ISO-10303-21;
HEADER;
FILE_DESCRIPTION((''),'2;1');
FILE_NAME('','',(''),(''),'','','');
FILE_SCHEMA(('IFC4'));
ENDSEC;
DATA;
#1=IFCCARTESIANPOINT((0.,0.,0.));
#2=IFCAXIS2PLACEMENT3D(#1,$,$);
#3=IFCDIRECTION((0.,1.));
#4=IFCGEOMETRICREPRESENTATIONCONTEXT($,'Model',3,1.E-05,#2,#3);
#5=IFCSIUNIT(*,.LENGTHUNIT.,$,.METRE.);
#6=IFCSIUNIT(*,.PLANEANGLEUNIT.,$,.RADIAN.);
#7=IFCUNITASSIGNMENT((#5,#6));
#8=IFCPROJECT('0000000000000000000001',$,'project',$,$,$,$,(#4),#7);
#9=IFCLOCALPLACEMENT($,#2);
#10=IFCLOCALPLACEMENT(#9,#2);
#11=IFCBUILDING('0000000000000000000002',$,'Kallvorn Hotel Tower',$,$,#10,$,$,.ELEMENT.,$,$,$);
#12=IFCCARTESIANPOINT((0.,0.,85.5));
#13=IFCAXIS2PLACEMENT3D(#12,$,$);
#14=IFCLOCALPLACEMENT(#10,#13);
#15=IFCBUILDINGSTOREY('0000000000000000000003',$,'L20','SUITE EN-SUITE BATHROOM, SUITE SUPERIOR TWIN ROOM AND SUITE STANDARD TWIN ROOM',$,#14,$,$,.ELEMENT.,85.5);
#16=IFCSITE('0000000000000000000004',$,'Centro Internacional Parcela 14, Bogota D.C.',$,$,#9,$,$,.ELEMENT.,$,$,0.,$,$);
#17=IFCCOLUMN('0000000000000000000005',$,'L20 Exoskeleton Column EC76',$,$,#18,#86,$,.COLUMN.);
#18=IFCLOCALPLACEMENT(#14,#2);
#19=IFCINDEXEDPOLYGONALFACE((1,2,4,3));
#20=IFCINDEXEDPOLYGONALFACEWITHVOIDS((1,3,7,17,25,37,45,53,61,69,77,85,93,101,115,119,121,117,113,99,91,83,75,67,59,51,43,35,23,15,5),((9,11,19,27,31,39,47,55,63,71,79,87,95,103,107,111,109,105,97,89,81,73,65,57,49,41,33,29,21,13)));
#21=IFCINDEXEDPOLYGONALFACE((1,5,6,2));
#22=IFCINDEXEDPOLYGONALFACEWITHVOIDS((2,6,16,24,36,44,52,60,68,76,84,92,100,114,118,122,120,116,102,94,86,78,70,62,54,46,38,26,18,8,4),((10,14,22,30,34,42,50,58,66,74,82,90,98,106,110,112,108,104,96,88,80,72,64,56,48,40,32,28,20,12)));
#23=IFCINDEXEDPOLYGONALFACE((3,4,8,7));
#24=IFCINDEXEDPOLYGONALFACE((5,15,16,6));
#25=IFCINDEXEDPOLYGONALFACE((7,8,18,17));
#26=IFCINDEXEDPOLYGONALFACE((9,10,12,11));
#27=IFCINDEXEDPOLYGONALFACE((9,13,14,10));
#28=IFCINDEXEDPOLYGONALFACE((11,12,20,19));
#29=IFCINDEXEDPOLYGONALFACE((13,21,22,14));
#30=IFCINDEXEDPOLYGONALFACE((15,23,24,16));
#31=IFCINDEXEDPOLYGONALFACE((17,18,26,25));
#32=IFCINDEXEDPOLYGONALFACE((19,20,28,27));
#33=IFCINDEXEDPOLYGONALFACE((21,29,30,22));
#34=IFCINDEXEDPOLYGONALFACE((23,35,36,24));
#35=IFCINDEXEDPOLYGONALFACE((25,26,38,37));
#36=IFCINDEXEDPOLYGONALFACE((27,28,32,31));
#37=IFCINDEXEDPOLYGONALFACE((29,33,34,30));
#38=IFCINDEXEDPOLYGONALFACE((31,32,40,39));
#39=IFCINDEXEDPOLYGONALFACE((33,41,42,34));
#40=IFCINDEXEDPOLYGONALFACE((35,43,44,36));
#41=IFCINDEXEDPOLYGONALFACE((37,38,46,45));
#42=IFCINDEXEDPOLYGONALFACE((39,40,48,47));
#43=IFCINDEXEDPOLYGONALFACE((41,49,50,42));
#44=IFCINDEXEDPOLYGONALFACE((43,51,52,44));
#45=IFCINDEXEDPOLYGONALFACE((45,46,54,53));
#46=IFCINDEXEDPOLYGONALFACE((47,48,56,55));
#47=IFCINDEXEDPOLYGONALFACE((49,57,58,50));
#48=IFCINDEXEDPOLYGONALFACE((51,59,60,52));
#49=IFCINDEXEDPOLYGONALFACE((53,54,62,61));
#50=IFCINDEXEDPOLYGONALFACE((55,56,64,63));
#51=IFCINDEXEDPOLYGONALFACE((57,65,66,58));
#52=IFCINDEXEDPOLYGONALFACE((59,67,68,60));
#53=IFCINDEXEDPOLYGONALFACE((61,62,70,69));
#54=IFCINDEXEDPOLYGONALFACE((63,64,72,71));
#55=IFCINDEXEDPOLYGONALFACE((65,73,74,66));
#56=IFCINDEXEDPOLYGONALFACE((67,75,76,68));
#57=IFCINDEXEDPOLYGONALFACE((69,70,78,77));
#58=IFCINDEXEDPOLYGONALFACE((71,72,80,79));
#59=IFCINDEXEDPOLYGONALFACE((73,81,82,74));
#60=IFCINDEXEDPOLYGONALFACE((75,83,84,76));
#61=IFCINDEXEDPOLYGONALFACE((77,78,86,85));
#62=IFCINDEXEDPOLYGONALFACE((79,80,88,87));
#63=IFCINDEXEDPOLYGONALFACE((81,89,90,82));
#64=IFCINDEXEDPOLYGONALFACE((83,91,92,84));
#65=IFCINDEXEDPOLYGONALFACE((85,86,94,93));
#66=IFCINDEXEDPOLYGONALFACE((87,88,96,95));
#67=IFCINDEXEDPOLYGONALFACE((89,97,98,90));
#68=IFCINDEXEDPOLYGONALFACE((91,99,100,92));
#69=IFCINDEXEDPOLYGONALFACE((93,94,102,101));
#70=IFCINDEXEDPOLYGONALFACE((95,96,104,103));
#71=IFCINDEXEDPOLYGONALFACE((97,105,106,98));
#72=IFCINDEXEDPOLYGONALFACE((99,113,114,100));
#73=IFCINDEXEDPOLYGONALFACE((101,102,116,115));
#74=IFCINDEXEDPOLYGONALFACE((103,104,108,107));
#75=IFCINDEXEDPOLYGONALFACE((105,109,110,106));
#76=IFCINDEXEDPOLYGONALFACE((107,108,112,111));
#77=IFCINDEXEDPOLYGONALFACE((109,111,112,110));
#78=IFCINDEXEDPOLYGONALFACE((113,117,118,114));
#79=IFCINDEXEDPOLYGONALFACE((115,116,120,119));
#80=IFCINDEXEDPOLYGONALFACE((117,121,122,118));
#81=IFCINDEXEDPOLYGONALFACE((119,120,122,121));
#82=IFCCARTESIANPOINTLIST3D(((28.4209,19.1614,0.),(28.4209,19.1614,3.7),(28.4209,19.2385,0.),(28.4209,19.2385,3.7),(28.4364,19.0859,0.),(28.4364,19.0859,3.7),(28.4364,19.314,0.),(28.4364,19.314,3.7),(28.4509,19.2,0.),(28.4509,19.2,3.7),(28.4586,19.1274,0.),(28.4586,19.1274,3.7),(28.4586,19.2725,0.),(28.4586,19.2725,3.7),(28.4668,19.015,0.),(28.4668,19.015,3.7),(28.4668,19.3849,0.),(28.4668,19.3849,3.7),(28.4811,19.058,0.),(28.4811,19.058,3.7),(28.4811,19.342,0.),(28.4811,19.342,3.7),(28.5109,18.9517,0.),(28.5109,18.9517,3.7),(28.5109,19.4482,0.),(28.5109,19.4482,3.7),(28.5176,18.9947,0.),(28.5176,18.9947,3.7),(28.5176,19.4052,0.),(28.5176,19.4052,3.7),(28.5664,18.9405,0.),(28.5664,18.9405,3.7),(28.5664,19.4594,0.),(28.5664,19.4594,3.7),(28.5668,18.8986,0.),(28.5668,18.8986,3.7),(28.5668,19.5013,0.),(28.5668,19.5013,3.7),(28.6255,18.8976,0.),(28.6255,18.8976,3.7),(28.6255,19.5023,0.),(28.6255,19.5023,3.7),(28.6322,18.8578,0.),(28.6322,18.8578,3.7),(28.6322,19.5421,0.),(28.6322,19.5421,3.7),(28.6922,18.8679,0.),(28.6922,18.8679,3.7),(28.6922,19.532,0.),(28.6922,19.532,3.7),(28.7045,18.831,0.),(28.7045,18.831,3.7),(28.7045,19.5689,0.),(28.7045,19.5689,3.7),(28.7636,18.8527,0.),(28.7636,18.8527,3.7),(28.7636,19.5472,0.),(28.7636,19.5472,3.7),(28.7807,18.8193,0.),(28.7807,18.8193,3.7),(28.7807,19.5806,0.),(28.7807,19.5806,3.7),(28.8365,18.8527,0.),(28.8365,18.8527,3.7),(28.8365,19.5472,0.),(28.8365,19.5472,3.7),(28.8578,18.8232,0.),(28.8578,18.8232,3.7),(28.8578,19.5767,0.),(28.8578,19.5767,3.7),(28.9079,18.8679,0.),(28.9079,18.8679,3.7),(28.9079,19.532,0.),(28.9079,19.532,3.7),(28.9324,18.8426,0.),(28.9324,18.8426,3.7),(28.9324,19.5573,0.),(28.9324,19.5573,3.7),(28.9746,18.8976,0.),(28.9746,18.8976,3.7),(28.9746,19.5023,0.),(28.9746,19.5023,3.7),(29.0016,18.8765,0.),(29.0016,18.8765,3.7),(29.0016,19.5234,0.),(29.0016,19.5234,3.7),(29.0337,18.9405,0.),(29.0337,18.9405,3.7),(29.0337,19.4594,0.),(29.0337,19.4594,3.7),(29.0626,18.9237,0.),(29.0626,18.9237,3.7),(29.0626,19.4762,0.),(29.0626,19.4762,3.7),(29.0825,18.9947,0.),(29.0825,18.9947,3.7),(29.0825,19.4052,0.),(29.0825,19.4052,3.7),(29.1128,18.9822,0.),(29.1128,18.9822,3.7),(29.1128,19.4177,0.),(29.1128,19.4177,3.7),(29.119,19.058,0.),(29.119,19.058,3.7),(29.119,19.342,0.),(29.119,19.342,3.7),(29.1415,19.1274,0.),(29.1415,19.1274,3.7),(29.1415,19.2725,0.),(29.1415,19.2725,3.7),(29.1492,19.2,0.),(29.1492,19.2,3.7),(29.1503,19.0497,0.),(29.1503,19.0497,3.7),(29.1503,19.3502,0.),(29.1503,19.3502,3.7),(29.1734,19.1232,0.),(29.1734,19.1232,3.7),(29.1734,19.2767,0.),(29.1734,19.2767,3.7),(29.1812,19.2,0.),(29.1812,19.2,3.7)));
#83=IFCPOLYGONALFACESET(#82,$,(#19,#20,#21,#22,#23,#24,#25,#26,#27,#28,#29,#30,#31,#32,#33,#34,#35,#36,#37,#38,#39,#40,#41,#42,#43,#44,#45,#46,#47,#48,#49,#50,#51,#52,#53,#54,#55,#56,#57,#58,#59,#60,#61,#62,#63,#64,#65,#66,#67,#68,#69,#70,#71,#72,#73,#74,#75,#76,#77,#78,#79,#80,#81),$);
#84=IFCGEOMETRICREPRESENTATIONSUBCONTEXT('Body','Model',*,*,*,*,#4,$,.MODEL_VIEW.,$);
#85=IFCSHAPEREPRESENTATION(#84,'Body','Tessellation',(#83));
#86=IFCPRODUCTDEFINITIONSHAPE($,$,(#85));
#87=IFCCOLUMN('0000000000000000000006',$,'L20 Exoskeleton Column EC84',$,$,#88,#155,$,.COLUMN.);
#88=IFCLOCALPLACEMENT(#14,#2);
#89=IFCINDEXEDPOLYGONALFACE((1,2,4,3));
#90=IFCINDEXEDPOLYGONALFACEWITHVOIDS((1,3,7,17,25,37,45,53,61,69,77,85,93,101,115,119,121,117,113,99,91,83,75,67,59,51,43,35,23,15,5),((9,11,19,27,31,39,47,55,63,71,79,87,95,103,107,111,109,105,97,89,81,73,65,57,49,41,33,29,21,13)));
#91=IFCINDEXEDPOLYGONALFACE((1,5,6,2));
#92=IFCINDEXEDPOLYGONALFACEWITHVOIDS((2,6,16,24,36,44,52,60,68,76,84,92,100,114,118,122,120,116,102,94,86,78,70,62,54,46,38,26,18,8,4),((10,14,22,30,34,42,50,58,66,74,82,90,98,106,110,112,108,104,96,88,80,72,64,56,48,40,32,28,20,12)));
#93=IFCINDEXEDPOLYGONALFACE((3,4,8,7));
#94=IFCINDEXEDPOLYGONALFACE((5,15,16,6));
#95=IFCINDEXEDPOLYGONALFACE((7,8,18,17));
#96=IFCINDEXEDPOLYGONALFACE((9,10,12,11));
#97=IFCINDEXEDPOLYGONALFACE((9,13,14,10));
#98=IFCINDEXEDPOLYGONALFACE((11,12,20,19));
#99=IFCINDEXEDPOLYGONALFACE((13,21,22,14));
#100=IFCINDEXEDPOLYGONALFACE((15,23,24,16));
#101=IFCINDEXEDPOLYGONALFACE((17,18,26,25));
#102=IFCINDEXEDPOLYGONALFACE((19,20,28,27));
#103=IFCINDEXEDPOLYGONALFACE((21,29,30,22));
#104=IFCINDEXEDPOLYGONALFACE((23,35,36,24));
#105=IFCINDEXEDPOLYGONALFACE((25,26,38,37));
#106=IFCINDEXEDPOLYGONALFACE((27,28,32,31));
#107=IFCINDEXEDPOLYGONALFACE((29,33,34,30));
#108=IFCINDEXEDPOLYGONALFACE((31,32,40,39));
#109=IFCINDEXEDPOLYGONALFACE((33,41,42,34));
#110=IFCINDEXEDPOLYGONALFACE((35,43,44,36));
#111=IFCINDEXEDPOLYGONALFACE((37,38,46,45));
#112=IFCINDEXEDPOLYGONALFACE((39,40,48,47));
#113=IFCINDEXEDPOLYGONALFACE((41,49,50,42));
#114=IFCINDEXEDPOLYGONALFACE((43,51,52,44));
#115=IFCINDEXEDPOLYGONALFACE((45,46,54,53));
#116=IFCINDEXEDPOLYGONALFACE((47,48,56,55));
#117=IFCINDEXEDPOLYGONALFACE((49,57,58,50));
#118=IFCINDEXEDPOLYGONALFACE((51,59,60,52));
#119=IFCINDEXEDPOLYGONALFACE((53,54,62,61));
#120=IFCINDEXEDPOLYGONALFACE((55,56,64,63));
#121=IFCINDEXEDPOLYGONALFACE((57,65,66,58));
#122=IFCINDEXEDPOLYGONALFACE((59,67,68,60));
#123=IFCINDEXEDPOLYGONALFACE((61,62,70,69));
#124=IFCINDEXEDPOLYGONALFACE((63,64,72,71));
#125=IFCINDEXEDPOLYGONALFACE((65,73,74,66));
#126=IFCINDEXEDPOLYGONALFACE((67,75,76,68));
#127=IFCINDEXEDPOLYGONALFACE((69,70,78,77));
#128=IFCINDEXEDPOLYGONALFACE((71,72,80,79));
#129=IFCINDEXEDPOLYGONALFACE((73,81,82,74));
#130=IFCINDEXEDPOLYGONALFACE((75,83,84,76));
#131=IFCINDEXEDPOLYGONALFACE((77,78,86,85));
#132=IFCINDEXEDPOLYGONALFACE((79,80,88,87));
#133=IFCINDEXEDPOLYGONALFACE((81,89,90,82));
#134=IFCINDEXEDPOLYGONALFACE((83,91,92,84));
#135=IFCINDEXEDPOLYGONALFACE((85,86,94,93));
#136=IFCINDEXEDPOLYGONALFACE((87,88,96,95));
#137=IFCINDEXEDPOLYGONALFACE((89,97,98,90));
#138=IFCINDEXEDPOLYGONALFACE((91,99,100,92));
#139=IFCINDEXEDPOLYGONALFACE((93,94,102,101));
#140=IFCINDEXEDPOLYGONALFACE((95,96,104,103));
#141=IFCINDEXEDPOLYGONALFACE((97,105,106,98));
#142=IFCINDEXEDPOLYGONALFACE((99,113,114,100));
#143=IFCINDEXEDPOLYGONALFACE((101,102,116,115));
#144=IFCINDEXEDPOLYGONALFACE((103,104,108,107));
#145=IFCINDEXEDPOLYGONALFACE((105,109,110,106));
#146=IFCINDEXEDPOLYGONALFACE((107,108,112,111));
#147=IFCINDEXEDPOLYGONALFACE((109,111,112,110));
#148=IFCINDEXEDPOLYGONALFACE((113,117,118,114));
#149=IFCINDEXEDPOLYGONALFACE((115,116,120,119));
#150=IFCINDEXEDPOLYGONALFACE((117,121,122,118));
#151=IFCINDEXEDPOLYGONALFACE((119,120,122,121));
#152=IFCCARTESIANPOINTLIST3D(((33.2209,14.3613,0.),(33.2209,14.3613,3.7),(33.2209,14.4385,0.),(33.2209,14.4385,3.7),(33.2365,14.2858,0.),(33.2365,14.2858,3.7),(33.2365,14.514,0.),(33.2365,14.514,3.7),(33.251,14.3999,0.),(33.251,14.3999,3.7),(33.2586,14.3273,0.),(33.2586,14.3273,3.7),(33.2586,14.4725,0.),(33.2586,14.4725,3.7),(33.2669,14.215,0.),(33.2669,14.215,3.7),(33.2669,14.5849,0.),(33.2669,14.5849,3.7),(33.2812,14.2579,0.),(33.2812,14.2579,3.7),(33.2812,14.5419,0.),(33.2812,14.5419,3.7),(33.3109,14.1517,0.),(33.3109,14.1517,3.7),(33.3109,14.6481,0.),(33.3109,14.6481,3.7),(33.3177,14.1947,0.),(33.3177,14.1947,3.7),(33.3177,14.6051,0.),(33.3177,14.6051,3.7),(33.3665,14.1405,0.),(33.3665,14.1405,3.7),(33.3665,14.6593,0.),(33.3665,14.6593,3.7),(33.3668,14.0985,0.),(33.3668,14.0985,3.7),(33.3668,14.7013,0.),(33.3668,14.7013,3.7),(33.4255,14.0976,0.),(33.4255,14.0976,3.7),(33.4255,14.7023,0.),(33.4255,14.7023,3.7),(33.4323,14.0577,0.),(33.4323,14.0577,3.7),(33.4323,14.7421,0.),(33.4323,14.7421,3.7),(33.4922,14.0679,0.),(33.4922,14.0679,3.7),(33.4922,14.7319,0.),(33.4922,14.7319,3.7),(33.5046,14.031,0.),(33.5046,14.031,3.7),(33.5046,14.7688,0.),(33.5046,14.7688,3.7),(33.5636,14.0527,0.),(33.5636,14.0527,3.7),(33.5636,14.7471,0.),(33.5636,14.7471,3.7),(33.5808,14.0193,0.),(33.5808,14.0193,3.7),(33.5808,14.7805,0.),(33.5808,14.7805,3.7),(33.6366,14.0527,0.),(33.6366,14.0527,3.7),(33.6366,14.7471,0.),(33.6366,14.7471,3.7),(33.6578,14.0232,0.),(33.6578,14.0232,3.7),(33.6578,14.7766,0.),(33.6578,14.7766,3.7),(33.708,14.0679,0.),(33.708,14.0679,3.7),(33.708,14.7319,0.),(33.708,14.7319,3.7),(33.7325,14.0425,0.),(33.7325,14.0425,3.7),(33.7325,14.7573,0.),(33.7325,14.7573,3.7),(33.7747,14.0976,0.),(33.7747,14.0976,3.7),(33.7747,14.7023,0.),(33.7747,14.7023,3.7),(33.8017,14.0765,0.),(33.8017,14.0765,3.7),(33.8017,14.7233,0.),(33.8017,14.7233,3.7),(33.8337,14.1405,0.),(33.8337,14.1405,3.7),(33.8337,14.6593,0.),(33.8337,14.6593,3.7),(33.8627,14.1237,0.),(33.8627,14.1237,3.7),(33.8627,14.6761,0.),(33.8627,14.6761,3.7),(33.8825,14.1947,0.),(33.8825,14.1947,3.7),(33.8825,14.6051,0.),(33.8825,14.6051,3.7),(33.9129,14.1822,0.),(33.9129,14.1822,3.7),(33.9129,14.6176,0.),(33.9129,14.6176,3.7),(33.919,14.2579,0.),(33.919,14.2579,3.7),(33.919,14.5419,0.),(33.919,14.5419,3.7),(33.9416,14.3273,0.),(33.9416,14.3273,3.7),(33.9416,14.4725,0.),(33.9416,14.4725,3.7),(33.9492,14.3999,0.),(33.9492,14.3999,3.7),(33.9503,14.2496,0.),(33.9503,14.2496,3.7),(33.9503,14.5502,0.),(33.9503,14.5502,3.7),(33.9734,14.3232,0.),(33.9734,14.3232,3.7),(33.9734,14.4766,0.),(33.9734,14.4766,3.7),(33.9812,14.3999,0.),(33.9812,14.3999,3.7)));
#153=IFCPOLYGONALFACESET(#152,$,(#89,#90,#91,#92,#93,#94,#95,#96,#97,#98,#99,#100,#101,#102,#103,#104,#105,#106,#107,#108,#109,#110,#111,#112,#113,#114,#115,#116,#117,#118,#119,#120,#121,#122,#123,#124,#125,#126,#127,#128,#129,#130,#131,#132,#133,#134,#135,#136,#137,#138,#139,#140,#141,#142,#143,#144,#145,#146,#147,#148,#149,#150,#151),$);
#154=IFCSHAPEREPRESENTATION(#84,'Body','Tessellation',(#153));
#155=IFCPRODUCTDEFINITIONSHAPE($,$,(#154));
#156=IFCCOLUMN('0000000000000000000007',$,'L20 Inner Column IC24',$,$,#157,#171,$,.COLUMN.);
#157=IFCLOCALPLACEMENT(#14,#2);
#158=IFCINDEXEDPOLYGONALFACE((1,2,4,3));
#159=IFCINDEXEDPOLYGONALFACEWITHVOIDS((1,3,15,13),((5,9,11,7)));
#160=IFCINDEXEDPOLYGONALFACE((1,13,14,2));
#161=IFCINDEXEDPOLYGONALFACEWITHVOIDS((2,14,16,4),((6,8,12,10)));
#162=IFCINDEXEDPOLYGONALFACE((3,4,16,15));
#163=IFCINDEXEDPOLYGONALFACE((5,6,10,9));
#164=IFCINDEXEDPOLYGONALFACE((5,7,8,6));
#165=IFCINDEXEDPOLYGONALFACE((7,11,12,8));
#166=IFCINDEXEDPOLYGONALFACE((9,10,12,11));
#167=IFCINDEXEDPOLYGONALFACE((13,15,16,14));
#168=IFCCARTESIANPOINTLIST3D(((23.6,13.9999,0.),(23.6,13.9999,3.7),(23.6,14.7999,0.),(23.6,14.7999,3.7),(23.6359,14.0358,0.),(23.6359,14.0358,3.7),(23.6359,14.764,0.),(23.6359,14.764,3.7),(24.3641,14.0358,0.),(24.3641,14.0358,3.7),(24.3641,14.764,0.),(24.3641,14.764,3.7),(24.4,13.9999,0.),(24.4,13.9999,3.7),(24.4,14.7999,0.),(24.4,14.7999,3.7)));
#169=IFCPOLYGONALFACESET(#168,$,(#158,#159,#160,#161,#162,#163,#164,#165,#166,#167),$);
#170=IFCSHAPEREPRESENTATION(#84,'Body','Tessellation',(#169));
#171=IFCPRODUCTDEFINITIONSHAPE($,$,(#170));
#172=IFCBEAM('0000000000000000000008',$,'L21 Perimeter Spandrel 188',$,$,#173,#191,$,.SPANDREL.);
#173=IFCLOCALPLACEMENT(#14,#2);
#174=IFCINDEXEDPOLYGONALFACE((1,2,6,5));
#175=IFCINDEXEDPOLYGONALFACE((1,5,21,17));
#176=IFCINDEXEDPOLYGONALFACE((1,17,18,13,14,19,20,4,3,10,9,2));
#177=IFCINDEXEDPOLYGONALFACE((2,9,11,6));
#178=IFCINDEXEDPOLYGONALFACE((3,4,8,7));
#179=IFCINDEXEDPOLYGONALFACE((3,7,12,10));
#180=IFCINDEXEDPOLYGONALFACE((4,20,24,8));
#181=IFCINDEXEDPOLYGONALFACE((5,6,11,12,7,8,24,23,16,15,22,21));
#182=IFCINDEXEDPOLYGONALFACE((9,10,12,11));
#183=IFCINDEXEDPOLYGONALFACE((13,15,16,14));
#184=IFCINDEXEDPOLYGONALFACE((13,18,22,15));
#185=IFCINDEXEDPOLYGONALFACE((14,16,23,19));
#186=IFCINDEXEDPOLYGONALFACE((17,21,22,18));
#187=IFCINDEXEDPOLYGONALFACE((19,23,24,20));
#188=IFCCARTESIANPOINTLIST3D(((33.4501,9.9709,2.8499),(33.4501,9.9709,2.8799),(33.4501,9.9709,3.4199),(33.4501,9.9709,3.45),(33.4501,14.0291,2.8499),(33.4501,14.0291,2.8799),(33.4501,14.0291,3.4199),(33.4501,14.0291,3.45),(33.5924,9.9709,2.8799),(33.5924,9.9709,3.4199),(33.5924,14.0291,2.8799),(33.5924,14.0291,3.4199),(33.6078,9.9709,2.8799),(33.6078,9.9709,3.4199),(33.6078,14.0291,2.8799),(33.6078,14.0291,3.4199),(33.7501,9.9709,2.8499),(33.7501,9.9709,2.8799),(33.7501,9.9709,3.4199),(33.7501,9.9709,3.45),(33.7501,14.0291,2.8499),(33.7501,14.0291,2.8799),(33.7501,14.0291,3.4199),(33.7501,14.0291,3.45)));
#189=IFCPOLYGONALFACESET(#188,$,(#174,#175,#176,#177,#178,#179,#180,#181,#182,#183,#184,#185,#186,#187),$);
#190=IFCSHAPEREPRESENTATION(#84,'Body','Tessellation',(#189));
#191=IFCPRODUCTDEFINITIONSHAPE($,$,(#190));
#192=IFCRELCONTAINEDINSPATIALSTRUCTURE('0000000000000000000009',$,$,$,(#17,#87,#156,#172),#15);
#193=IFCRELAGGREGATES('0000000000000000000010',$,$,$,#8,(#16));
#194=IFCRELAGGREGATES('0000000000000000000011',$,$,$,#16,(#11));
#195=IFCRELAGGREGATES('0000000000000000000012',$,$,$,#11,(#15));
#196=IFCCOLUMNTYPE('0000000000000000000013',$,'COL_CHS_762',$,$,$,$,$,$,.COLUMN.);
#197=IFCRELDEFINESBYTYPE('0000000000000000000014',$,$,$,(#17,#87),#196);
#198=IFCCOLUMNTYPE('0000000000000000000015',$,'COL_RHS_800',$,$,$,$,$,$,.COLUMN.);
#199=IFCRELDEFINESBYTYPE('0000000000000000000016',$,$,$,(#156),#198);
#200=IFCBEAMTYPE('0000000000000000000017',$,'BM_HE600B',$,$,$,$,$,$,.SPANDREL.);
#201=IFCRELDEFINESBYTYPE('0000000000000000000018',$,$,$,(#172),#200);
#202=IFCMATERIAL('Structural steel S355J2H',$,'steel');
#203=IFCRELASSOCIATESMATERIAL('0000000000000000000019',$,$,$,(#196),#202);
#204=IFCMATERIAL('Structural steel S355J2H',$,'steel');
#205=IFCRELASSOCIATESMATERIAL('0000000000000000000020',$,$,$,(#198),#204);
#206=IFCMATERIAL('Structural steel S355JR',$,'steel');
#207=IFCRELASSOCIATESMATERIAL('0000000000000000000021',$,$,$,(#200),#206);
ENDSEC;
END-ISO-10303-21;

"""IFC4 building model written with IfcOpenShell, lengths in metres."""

from ifc_helpers import new_model, si_unit, direction, frame, origin, origin_2d, place, context, subcontext, project, spatial, hollow_rectangle, hollow_circle, i_section, extrude, material, material_profile, profile_set, type_object, element, save


model = new_model("IFC4")

# Units and contexts
model_context = context("Model", 3, precision=1e-05, world=origin(), true_north=direction((0.0, 1.0)))
body_context = subcontext(model_context, "Body", "Model", "MODEL_VIEW")
ifc_project = project(units=[si_unit("LENGTHUNIT", "METRE"), si_unit("PLANEANGLEUNIT", "RADIAN")], contexts=[model_context])

# Site, building, storey
site_placement = place(None, origin())
site = spatial("IfcSite", under=ifc_project, at=site_placement, Name="Centro Internacional Parcela 14, Bogota D.C.", CompositionType="ELEMENT", RefElevation=0.0)
building_placement = place(site_placement, origin())
building = spatial("IfcBuilding", under=site, at=building_placement, Name="Kallvorn Hotel Tower", CompositionType="ELEMENT")
storey_placement = place(building_placement, frame((0.0, 0.0, 85.5)))
storey = spatial("IfcBuildingStorey", under=building, at=storey_placement, Name="L20", Description="SUITE EN-SUITE BATHROOM, SUITE SUPERIOR TWIN ROOM AND SUITE STANDARD TWIN ROOM", CompositionType="ELEMENT", Elevation=85.5)

# Columns
ifc_material_1 = material(Name="Structural steel S355J2H", Category="steel")
ifc_material_profile_1 = material_profile(ifc_material_1, hollow_circle(Radius=0.3811, WallThickness=0.032, at=origin_2d()), Name="CHS 762x32")
ifc_profile_set_1 = profile_set([ifc_material_profile_1], Name="Structural steel S355J2H")
column_type_1 = type_object("IfcColumnType", Name="COL_CHS_762", PredefinedType="COLUMN", material=ifc_profile_set_1)
for number, where, z_axis, x_axis, name in (
    (1, (28.8, 19.2, 0.0), (0.0, 0.0, 1.0), (1.0, 0.0, 0.0), "L20 Exoskeleton Column EC76"),
    (2, (33.6001, 14.3999, 0.0), (0.0, 0.0, 1.0), (1.0, 0.0, 0.0), "L20 Exoskeleton Column EC84"),
):
    element("IfcColumn", number, at=place(storey_placement, frame(where, z_axis=z_axis, x_axis=x_axis)), inside=storey, type_object=column_type_1, Name=name, PredefinedType="COLUMN", context=body_context, shape_type="SweptSolid", body=[
        extrude(hollow_circle(Radius=0.3811, WallThickness=0.032, at=origin_2d()), origin(), (0.0, 0.0, 1.0), 3.7),
    ])
ifc_material_2 = material(Name="Structural steel S355J2H", Category="steel")
ifc_material_profile_2 = material_profile(ifc_material_2, hollow_rectangle(XDim=0.8, YDim=0.8, WallThickness=0.0359, at=origin_2d()), Name="RHS 800x800x36")
ifc_profile_set_2 = profile_set([ifc_material_profile_2], Name="Structural steel S355J2H")
column_type_2 = type_object("IfcColumnType", Name="COL_RHS_800", PredefinedType="COLUMN", material=ifc_profile_set_2)
column_placement = place(storey_placement, frame((24.0, 14.3999, 0.0), z_axis=(0.0, 0.0, 1.0), x_axis=(1.0, 0.0, 0.0)))
element("IfcColumn", 3, at=column_placement, inside=storey, type_object=column_type_2, Name="L20 Inner Column IC24", PredefinedType="COLUMN", context=body_context, shape_type="SweptSolid", body=[
    extrude(hollow_rectangle(XDim=0.8, YDim=0.8, WallThickness=0.0359, at=origin_2d()), origin(), (0.0, 0.0, 1.0), 3.7),
])

# Beam
ifc_material_3 = material(Name="Structural steel S355JR", Category="steel")
ifc_material_profile_3 = material_profile(ifc_material_3, i_section(OverallWidth=0.3, OverallDepth=0.6001, WebThickness=0.0154, FlangeThickness=0.03, at=origin_2d()), Name="HE 600 B")
ifc_profile_set_3 = profile_set([ifc_material_profile_3], Name="Structural steel S355JR")
beam_type_1 = type_object("IfcBeamType", Name="BM_HE600B", PredefinedType="SPANDREL", material=ifc_profile_set_3)
beam_1_placement = place(storey_placement, frame((33.6001, 9.9709, 3.1499), z_axis=(0.0, 1.0, 0.0), x_axis=(-1.0, 0.0, 0.0)))
element("IfcBeam", 4, at=beam_1_placement, inside=storey, type_object=beam_type_1, Name="L21 Perimeter Spandrel 188", PredefinedType="SPANDREL", context=body_context, shape_type="SweptSolid", body=[
    extrude(i_section(OverallWidth=0.3, OverallDepth=0.6001, WebThickness=0.0154, FlangeThickness=0.03, at=origin_2d()), origin(), (0.0, 0.0, 1.0), 4.0581),
])

save(model, "model.ifc")
